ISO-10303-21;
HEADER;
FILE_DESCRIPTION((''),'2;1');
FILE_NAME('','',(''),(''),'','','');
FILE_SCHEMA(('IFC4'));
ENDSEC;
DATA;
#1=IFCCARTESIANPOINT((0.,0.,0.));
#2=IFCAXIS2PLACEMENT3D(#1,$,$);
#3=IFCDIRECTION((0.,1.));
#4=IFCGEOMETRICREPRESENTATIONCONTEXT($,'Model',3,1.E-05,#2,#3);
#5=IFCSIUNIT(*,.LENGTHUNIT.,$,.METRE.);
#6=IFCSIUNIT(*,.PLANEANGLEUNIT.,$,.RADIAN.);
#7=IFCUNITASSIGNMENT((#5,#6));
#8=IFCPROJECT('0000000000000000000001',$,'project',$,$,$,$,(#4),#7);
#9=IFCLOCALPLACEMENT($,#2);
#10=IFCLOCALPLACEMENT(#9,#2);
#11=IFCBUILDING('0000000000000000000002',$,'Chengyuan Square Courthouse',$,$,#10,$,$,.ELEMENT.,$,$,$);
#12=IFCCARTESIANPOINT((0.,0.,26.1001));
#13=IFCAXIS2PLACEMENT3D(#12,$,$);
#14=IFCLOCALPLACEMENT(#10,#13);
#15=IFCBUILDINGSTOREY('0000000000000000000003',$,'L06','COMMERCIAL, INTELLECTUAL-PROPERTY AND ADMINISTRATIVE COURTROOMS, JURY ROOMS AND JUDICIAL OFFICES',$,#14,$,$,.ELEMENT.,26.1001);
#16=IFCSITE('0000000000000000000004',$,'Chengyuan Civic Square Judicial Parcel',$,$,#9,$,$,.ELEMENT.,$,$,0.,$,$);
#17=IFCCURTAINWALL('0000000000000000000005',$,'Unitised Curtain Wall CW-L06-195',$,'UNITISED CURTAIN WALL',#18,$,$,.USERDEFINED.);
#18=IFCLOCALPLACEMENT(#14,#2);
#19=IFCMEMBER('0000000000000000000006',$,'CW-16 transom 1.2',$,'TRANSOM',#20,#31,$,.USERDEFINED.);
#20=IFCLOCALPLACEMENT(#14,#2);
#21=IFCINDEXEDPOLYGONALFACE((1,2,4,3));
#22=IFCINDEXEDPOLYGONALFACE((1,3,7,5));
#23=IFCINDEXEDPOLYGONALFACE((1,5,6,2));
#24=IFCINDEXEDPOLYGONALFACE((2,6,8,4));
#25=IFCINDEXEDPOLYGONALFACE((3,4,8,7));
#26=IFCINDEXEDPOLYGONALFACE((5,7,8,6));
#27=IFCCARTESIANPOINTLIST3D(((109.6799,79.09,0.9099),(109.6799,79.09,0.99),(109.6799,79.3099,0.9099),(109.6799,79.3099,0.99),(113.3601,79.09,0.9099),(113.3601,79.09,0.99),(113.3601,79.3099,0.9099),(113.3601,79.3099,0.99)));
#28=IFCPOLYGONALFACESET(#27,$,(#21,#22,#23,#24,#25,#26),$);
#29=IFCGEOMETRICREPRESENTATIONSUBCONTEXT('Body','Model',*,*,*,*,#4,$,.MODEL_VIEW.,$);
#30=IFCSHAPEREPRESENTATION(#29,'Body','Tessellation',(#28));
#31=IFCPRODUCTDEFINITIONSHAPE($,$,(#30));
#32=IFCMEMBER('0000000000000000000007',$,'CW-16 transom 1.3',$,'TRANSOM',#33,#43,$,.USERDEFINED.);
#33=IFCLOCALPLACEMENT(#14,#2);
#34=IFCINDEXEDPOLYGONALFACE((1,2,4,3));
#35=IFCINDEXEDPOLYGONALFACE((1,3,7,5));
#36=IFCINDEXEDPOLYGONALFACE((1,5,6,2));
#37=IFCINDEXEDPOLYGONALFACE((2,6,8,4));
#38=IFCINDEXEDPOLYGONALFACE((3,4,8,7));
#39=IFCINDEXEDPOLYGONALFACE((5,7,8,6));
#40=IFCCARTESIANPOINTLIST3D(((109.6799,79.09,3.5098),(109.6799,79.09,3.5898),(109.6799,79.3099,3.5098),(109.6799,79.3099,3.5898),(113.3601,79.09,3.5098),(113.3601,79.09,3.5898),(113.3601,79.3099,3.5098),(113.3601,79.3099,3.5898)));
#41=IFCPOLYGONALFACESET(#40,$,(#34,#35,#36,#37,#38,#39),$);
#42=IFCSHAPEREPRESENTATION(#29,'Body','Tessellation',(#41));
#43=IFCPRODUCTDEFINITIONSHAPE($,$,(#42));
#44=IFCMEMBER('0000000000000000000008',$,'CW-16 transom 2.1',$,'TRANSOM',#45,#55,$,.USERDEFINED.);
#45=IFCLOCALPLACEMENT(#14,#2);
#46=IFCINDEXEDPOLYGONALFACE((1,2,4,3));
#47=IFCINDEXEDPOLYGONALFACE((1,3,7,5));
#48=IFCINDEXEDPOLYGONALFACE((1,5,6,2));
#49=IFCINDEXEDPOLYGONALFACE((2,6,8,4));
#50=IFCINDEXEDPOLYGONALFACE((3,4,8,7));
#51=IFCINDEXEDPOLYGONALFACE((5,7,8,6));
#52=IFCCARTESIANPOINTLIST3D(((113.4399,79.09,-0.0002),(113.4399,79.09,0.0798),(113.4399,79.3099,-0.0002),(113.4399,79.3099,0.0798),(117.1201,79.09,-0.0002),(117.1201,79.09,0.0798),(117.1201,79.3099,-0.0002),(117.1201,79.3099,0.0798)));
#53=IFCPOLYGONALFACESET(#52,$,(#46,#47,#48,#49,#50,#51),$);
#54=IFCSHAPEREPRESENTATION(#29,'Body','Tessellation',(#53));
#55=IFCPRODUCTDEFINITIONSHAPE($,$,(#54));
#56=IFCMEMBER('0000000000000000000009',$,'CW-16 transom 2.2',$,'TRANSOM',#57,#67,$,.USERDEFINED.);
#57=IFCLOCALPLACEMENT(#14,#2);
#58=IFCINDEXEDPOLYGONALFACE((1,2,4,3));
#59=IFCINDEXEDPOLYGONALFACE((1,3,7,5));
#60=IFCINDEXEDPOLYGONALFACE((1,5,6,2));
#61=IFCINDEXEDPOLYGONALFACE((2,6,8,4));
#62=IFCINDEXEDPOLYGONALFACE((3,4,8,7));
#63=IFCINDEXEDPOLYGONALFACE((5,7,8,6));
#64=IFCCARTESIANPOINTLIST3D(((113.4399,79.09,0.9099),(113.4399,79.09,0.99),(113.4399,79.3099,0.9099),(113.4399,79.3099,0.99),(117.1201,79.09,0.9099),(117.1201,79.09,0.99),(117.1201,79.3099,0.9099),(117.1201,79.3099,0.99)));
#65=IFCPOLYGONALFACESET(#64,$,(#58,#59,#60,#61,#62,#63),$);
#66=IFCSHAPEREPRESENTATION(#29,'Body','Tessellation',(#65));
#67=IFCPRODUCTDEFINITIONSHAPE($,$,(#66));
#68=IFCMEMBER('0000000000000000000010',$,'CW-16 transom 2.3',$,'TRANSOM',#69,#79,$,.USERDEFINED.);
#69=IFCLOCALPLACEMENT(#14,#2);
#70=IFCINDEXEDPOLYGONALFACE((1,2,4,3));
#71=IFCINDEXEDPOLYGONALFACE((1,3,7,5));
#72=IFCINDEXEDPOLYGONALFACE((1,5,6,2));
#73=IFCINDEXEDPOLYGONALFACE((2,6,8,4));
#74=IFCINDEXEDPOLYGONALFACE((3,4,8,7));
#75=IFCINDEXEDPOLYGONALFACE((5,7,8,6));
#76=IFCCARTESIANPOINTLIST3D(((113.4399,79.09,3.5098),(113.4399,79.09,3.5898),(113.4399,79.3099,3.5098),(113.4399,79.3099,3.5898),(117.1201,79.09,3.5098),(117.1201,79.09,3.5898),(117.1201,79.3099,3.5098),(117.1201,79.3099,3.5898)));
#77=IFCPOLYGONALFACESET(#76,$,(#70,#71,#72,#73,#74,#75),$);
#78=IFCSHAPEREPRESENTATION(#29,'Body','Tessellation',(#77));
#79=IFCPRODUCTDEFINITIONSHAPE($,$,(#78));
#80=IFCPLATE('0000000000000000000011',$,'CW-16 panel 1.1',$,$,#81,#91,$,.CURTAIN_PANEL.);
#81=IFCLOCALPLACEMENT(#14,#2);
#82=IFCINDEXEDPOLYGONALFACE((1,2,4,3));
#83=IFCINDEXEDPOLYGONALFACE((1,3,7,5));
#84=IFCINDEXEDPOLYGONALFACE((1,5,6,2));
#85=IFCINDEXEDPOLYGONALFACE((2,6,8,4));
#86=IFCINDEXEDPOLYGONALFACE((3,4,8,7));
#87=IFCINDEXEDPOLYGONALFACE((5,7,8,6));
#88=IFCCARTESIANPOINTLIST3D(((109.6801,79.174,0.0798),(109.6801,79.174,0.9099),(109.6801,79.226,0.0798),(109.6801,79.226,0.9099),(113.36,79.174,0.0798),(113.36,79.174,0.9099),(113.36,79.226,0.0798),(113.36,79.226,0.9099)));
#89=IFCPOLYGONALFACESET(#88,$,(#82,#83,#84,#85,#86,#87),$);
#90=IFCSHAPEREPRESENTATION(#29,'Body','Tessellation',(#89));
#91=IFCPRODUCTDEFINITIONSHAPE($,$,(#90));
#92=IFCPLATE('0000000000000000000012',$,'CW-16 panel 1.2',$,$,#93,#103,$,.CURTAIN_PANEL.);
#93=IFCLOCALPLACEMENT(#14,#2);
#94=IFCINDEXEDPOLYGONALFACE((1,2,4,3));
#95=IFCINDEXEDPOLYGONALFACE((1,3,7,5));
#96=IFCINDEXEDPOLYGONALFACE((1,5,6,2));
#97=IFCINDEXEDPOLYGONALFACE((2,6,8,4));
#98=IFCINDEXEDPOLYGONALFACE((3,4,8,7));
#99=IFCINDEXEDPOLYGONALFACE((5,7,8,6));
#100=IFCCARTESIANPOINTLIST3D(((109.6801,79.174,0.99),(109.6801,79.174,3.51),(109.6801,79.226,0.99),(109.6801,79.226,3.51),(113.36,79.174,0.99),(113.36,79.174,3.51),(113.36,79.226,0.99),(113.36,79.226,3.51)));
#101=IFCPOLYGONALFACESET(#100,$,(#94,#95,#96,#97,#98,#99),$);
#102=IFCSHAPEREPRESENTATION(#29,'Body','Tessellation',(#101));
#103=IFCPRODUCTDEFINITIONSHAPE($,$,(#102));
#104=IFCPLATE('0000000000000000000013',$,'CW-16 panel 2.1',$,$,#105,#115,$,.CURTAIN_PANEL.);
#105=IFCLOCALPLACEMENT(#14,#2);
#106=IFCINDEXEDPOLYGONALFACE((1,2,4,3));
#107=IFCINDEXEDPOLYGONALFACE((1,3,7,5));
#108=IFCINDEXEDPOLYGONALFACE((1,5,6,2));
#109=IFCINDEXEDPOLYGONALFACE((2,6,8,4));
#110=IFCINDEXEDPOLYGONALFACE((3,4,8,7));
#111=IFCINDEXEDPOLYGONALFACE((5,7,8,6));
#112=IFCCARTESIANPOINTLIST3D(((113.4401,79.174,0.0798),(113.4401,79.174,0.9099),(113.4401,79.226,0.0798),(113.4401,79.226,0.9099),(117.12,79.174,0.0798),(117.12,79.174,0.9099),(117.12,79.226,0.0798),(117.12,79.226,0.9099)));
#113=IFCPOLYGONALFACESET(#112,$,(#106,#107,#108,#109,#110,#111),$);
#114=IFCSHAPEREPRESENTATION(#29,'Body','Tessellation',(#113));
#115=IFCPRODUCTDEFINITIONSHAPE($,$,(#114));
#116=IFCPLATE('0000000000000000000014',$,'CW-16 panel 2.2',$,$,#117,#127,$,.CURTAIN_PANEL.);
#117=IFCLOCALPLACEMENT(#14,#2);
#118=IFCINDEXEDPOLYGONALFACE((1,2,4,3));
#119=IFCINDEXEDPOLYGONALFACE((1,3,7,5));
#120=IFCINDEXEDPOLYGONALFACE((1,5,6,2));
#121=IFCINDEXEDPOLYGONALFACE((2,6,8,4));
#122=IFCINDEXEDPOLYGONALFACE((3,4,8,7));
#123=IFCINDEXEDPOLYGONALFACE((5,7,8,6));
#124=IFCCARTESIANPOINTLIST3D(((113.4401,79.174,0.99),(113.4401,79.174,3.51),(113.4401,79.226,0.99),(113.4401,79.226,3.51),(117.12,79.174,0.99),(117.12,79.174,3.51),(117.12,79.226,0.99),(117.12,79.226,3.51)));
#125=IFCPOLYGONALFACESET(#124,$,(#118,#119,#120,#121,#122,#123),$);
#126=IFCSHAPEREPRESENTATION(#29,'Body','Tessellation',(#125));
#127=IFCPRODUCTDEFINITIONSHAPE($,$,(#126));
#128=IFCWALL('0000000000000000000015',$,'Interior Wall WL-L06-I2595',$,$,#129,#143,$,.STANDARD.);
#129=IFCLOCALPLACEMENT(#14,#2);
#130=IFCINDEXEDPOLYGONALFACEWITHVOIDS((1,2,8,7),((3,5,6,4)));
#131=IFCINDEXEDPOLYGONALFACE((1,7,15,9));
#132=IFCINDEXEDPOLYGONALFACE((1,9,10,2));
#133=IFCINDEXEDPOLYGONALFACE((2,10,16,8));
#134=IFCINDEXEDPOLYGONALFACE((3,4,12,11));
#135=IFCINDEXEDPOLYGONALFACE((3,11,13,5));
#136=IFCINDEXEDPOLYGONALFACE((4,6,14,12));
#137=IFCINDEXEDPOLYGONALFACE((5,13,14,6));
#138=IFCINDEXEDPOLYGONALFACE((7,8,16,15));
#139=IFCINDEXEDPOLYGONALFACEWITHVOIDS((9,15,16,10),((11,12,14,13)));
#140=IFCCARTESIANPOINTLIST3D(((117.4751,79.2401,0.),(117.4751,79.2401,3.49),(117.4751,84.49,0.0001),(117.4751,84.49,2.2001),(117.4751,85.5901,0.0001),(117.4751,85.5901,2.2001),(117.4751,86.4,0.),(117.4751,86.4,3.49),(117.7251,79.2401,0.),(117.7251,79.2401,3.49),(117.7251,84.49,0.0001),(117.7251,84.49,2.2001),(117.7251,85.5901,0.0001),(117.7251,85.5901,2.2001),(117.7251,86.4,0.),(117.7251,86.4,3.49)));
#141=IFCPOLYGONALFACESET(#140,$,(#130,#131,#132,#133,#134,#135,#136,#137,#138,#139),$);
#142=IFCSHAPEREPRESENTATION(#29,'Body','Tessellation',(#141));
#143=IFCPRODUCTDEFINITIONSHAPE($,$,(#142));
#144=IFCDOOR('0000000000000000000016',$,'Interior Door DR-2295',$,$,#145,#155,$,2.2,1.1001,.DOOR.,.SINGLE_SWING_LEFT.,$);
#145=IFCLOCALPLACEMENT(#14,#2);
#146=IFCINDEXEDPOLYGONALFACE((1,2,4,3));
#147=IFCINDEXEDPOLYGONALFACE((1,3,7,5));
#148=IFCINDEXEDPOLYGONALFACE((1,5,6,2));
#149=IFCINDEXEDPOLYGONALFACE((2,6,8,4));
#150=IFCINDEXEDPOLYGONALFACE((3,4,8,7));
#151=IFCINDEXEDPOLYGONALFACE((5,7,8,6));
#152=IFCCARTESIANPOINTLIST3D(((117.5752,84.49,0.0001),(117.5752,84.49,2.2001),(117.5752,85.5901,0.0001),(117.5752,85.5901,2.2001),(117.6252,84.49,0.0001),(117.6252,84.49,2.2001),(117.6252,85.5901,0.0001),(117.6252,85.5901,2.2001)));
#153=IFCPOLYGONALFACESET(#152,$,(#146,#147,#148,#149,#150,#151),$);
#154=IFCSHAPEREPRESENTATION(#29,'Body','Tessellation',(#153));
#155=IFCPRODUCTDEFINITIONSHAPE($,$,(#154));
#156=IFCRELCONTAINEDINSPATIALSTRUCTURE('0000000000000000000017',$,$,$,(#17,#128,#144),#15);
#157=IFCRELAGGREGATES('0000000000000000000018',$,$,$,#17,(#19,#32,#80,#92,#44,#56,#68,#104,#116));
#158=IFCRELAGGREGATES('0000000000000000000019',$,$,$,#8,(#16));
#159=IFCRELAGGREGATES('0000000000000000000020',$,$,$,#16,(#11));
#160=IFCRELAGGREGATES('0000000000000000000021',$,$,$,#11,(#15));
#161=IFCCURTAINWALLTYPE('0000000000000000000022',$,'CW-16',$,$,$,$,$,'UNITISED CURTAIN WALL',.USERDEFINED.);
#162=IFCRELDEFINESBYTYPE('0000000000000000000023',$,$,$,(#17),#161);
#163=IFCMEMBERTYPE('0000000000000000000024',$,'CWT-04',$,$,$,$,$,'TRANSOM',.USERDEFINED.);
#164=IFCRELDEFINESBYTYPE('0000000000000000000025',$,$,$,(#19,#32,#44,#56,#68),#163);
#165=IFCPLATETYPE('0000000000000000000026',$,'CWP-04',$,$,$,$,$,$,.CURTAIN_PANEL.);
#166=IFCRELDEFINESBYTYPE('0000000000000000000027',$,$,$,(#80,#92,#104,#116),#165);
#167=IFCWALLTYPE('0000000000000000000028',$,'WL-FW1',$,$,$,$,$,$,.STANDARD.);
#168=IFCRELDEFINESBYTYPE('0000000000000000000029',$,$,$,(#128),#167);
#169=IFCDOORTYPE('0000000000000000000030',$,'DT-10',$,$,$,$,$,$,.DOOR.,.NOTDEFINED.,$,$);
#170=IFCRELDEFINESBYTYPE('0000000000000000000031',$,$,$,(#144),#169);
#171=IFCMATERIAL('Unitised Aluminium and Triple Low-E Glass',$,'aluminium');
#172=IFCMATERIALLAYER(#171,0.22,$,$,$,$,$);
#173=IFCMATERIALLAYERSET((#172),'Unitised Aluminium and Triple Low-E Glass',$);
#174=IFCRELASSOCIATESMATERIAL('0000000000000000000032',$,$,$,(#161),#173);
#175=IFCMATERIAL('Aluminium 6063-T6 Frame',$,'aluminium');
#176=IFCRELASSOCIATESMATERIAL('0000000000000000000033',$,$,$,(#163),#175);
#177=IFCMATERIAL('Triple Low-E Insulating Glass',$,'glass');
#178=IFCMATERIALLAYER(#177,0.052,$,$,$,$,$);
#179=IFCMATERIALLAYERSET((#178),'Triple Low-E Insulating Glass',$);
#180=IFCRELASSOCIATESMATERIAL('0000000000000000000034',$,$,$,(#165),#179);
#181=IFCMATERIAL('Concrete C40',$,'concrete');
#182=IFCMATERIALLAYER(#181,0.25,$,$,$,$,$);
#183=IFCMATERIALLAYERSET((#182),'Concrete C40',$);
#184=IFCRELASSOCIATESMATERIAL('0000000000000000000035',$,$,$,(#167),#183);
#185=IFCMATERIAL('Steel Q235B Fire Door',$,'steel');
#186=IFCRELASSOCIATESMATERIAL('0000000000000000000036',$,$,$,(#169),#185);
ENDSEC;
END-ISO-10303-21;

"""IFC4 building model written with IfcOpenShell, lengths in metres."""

from ifc_helpers import new_model, si_unit, direction, frame, frame_2d, origin, origin_2d, place, context, subcontext, project, spatial, rectangle, extrude, material, layer, layer_set, material_profile, profile_set, type_object, element, fill, aggregate, save


model = new_model("IFC4")

# Units and contexts
model_context = context("Model", 3, precision=1e-05, world=origin(), true_north=direction((0.0, 1.0)))
body_context = subcontext(model_context, "Body", "Model", "MODEL_VIEW")
ifc_project = project(units=[si_unit("LENGTHUNIT", "METRE"), si_unit("PLANEANGLEUNIT", "RADIAN")], contexts=[model_context])

# Site, building, storey
site_placement = place(None, origin())
site = spatial("IfcSite", under=ifc_project, at=site_placement, Name="Chengyuan Civic Square Judicial Parcel", CompositionType="ELEMENT", RefElevation=0.0)
building_placement = place(site_placement, origin())
building = spatial("IfcBuilding", under=site, at=building_placement, Name="Chengyuan Square Courthouse", CompositionType="ELEMENT")
storey_placement = place(building_placement, frame((0.0, 0.0, 26.1001)))
storey = spatial("IfcBuildingStorey", under=building, at=storey_placement, Name="L06", Description="COMMERCIAL, INTELLECTUAL-PROPERTY AND ADMINISTRATIVE COURTROOMS, JURY ROOMS AND JUDICIAL OFFICES", CompositionType="ELEMENT", Elevation=26.1001)

# Shared definitions
ifc_material_1 = material(Name="Concrete C40", Category="concrete")

# Curtain wall, members, plates
ifc_material_2 = material(Name="Unitised Aluminium and Triple Low-E Glass", Category="aluminium")
ifc_layer_1 = layer(ifc_material_2, 0.22)
ifc_layer_set_1 = layer_set([ifc_layer_1], Name="Unitised Aluminium and Triple Low-E Glass")
curtain_wall_type = type_object("IfcCurtainWallType", Name="CW-16", ElementType="UNITISED CURTAIN WALL", PredefinedType="USERDEFINED", material=ifc_layer_set_1)
curtain_wall_placement = place(storey_placement, origin())
curtain_wall = element("IfcCurtainWall", 1, at=curtain_wall_placement, inside=storey, type_object=curtain_wall_type, Name="Unitised Curtain Wall CW-L06-195", ObjectType="UNITISED CURTAIN WALL", PredefinedType="USERDEFINED")
ifc_material_3 = material(Name="Aluminium 6063-T6 Frame", Category="aluminium")
ifc_material_profile_1 = material_profile(ifc_material_3, rectangle(XDim=0.22, YDim=0.0801, at=origin_2d()), Name="CW-TRN-80x180")
ifc_profile_set_1 = profile_set([ifc_material_profile_1], Name="Aluminium 6063-T6 Frame")
member_type_1 = type_object("IfcMemberType", Name="CWT-04", ElementType="TRANSOM", PredefinedType="USERDEFINED", material=ifc_profile_set_1)
member_1_placement = place(storey_placement, frame((109.6799, 79.2, 0.95), z_axis=(1.0, 0.0, 0.0), x_axis=(0.0, 1.0, 0.0)))
member_1 = element("IfcMember", 2, at=member_1_placement, type_object=member_type_1, Name="CW-16 transom 1.2", ObjectType="TRANSOM", PredefinedType="USERDEFINED", context=body_context, shape_type="SweptSolid", body=[
    extrude(rectangle(XDim=0.22, YDim=0.0801, at=origin_2d()), origin(), (0.0, 0.0, 1.0), 3.6802),
])
member_2_placement = place(storey_placement, frame((109.6799, 79.2, 3.5498), z_axis=(1.0, 0.0, 0.0), x_axis=(0.0, 1.0, 0.0)))
member_2 = element("IfcMember", 3, at=member_2_placement, type_object=member_type_1, Name="CW-16 transom 1.3", ObjectType="TRANSOM", PredefinedType="USERDEFINED", context=body_context, shape_type="SweptSolid", body=[
    extrude(rectangle(XDim=0.22, YDim=0.0801, at=origin_2d()), origin(), (0.0, 0.0, 1.0), 3.6802),
])
member_3_placement = place(storey_placement, frame((113.4399, 79.2, 0.0398), z_axis=(1.0, 0.0, 0.0), x_axis=(0.0, 1.0, 0.0)))
member_3 = element("IfcMember", 4, at=member_3_placement, type_object=member_type_1, Name="CW-16 transom 2.1", ObjectType="TRANSOM", PredefinedType="USERDEFINED", context=body_context, shape_type="SweptSolid", body=[
    extrude(rectangle(XDim=0.22, YDim=0.0801, at=origin_2d()), origin(), (0.0, 0.0, 1.0), 3.6802),
])
member_4_placement = place(storey_placement, frame((113.4399, 79.2, 0.95), z_axis=(1.0, 0.0, 0.0), x_axis=(0.0, 1.0, 0.0)))
member_4 = element("IfcMember", 5, at=member_4_placement, type_object=member_type_1, Name="CW-16 transom 2.2", ObjectType="TRANSOM", PredefinedType="USERDEFINED", context=body_context, shape_type="SweptSolid", body=[
    extrude(rectangle(XDim=0.22, YDim=0.0801, at=origin_2d()), origin(), (0.0, 0.0, 1.0), 3.6802),
])
member_5_placement = place(storey_placement, frame((113.4399, 79.2, 3.5498), z_axis=(1.0, 0.0, 0.0), x_axis=(0.0, 1.0, 0.0)))
member_5 = element("IfcMember", 6, at=member_5_placement, type_object=member_type_1, Name="CW-16 transom 2.3", ObjectType="TRANSOM", PredefinedType="USERDEFINED", context=body_context, shape_type="SweptSolid", body=[
    extrude(rectangle(XDim=0.22, YDim=0.0801, at=origin_2d()), origin(), (0.0, 0.0, 1.0), 3.6802),
])
ifc_material_4 = material(Name="Triple Low-E Insulating Glass", Category="glass")
ifc_layer_2 = layer(ifc_material_4, 0.052)
ifc_layer_set_2 = layer_set([ifc_layer_2], Name="Triple Low-E Insulating Glass")
plate_type = type_object("IfcPlateType", Name="CWP-04", PredefinedType="CURTAIN_PANEL", material=ifc_layer_set_2)
plate_1_placement = place(storey_placement, frame((111.52, 79.2, 0.0798), z_axis=(0.0, 0.0, 1.0), x_axis=(1.0, 0.0, 0.0)))
plate_1 = element("IfcPlate", 7, at=plate_1_placement, type_object=plate_type, Name="CW-16 panel 1.1", PredefinedType="CURTAIN_PANEL", context=body_context, shape_type="SweptSolid", body=[
    extrude(rectangle(XDim=3.6799, YDim=0.052, at=origin_2d()), origin(), (0.0, 0.0, 1.0), 0.8301),
])
plate_2_placement = place(storey_placement, frame((111.52, 79.2, 0.99), z_axis=(0.0, 0.0, 1.0), x_axis=(1.0, 0.0, 0.0)))
plate_2 = element("IfcPlate", 8, at=plate_2_placement, type_object=plate_type, Name="CW-16 panel 1.2", PredefinedType="CURTAIN_PANEL", context=body_context, shape_type="SweptSolid", body=[
    extrude(rectangle(XDim=3.6799, YDim=0.052, at=origin_2d()), origin(), (0.0, 0.0, 1.0), 2.52),
])
plate_3_placement = place(storey_placement, frame((115.28, 79.2, 0.0798), z_axis=(0.0, 0.0, 1.0), x_axis=(1.0, 0.0, 0.0)))
plate_3 = element("IfcPlate", 9, at=plate_3_placement, type_object=plate_type, Name="CW-16 panel 2.1", PredefinedType="CURTAIN_PANEL", context=body_context, shape_type="SweptSolid", body=[
    extrude(rectangle(XDim=3.6799, YDim=0.052, at=origin_2d()), origin(), (0.0, 0.0, 1.0), 0.8301),
])
plate_4_placement = place(storey_placement, frame((115.28, 79.2, 0.99), z_axis=(0.0, 0.0, 1.0), x_axis=(1.0, 0.0, 0.0)))
plate_4 = element("IfcPlate", 10, at=plate_4_placement, type_object=plate_type, Name="CW-16 panel 2.2", PredefinedType="CURTAIN_PANEL", context=body_context, shape_type="SweptSolid", body=[
    extrude(rectangle(XDim=3.6799, YDim=0.052, at=origin_2d()), origin(), (0.0, 0.0, 1.0), 2.52),
])
aggregate(curtain_wall, [member_1, member_2, plate_1, plate_2, member_3, member_4, member_5, plate_3, plate_4])

# Wall, opening, door
ifc_layer_3 = layer(ifc_material_1, 0.25)
ifc_layer_set_3 = layer_set([ifc_layer_3], Name="Concrete C40")
wall_type_1 = type_object("IfcWallType", Name="WL-FW1", PredefinedType="STANDARD", material=ifc_layer_set_3)
wall_1_placement = place(storey_placement, frame((117.6001, 79.24, 0.0), z_axis=(0.0, 0.0, 1.0), x_axis=(0.0, 1.0, 0.0)))
wall_1 = element("IfcWall", 11, at=wall_1_placement, inside=storey, type_object=wall_type_1, Name="Interior Wall WL-L06-I2595", PredefinedType="STANDARD", context=body_context, shape_type="SweptSolid", body=[
    extrude(rectangle(XDim=7.1599, YDim=0.25, at=frame_2d((3.5801, 0.0))), origin(), (0.0, 0.0, 1.0), 3.49),
])
opening_1_placement = place(wall_1_placement, frame((5.25, 0.0, 0.0)))
opening_1 = element("IfcOpeningElement", 12, at=opening_1_placement, cuts=wall_1, PredefinedType="OPENING", context=body_context, shape_type="SweptSolid", body=[
    extrude(rectangle(XDim=1.1001, YDim=2.2, at=frame_2d((0.55, 1.1001))), frame((0.0, 0.137, 0.0), z_axis=(0.0, -1.0, 0.0), x_axis=(1.0, 0.0, 0.0)), (0.0, 0.0, 1.0), 0.2739),
])
ifc_material_5 = material(Name="Steel Q235B Fire Door", Category="steel")
door_type_1 = type_object("IfcDoorType", Name="DT-10", OperationType="NOTDEFINED", PredefinedType="DOOR", material=ifc_material_5)
door_1_placement = place(opening_1_placement, origin())
door_1 = element("IfcDoor", 13, at=door_1_placement, inside=storey, type_object=door_type_1, Name="Interior Door DR-2295", OperationType="SINGLE_SWING_LEFT", OverallHeight=2.2, OverallWidth=1.1001, PredefinedType="DOOR", context=body_context, shape_type="SweptSolid", body=[
    extrude(rectangle(XDim=1.1001, YDim=2.2, at=frame_2d((0.55, 1.1001))), frame((0.0, 0.0249, 0.0), z_axis=(0.0, -1.0, 0.0), x_axis=(1.0, 0.0, 0.0)), (0.0, 0.0, 1.0), 0.05),
])
fill(opening_1, door_1)

save(model, "model.ifc")
